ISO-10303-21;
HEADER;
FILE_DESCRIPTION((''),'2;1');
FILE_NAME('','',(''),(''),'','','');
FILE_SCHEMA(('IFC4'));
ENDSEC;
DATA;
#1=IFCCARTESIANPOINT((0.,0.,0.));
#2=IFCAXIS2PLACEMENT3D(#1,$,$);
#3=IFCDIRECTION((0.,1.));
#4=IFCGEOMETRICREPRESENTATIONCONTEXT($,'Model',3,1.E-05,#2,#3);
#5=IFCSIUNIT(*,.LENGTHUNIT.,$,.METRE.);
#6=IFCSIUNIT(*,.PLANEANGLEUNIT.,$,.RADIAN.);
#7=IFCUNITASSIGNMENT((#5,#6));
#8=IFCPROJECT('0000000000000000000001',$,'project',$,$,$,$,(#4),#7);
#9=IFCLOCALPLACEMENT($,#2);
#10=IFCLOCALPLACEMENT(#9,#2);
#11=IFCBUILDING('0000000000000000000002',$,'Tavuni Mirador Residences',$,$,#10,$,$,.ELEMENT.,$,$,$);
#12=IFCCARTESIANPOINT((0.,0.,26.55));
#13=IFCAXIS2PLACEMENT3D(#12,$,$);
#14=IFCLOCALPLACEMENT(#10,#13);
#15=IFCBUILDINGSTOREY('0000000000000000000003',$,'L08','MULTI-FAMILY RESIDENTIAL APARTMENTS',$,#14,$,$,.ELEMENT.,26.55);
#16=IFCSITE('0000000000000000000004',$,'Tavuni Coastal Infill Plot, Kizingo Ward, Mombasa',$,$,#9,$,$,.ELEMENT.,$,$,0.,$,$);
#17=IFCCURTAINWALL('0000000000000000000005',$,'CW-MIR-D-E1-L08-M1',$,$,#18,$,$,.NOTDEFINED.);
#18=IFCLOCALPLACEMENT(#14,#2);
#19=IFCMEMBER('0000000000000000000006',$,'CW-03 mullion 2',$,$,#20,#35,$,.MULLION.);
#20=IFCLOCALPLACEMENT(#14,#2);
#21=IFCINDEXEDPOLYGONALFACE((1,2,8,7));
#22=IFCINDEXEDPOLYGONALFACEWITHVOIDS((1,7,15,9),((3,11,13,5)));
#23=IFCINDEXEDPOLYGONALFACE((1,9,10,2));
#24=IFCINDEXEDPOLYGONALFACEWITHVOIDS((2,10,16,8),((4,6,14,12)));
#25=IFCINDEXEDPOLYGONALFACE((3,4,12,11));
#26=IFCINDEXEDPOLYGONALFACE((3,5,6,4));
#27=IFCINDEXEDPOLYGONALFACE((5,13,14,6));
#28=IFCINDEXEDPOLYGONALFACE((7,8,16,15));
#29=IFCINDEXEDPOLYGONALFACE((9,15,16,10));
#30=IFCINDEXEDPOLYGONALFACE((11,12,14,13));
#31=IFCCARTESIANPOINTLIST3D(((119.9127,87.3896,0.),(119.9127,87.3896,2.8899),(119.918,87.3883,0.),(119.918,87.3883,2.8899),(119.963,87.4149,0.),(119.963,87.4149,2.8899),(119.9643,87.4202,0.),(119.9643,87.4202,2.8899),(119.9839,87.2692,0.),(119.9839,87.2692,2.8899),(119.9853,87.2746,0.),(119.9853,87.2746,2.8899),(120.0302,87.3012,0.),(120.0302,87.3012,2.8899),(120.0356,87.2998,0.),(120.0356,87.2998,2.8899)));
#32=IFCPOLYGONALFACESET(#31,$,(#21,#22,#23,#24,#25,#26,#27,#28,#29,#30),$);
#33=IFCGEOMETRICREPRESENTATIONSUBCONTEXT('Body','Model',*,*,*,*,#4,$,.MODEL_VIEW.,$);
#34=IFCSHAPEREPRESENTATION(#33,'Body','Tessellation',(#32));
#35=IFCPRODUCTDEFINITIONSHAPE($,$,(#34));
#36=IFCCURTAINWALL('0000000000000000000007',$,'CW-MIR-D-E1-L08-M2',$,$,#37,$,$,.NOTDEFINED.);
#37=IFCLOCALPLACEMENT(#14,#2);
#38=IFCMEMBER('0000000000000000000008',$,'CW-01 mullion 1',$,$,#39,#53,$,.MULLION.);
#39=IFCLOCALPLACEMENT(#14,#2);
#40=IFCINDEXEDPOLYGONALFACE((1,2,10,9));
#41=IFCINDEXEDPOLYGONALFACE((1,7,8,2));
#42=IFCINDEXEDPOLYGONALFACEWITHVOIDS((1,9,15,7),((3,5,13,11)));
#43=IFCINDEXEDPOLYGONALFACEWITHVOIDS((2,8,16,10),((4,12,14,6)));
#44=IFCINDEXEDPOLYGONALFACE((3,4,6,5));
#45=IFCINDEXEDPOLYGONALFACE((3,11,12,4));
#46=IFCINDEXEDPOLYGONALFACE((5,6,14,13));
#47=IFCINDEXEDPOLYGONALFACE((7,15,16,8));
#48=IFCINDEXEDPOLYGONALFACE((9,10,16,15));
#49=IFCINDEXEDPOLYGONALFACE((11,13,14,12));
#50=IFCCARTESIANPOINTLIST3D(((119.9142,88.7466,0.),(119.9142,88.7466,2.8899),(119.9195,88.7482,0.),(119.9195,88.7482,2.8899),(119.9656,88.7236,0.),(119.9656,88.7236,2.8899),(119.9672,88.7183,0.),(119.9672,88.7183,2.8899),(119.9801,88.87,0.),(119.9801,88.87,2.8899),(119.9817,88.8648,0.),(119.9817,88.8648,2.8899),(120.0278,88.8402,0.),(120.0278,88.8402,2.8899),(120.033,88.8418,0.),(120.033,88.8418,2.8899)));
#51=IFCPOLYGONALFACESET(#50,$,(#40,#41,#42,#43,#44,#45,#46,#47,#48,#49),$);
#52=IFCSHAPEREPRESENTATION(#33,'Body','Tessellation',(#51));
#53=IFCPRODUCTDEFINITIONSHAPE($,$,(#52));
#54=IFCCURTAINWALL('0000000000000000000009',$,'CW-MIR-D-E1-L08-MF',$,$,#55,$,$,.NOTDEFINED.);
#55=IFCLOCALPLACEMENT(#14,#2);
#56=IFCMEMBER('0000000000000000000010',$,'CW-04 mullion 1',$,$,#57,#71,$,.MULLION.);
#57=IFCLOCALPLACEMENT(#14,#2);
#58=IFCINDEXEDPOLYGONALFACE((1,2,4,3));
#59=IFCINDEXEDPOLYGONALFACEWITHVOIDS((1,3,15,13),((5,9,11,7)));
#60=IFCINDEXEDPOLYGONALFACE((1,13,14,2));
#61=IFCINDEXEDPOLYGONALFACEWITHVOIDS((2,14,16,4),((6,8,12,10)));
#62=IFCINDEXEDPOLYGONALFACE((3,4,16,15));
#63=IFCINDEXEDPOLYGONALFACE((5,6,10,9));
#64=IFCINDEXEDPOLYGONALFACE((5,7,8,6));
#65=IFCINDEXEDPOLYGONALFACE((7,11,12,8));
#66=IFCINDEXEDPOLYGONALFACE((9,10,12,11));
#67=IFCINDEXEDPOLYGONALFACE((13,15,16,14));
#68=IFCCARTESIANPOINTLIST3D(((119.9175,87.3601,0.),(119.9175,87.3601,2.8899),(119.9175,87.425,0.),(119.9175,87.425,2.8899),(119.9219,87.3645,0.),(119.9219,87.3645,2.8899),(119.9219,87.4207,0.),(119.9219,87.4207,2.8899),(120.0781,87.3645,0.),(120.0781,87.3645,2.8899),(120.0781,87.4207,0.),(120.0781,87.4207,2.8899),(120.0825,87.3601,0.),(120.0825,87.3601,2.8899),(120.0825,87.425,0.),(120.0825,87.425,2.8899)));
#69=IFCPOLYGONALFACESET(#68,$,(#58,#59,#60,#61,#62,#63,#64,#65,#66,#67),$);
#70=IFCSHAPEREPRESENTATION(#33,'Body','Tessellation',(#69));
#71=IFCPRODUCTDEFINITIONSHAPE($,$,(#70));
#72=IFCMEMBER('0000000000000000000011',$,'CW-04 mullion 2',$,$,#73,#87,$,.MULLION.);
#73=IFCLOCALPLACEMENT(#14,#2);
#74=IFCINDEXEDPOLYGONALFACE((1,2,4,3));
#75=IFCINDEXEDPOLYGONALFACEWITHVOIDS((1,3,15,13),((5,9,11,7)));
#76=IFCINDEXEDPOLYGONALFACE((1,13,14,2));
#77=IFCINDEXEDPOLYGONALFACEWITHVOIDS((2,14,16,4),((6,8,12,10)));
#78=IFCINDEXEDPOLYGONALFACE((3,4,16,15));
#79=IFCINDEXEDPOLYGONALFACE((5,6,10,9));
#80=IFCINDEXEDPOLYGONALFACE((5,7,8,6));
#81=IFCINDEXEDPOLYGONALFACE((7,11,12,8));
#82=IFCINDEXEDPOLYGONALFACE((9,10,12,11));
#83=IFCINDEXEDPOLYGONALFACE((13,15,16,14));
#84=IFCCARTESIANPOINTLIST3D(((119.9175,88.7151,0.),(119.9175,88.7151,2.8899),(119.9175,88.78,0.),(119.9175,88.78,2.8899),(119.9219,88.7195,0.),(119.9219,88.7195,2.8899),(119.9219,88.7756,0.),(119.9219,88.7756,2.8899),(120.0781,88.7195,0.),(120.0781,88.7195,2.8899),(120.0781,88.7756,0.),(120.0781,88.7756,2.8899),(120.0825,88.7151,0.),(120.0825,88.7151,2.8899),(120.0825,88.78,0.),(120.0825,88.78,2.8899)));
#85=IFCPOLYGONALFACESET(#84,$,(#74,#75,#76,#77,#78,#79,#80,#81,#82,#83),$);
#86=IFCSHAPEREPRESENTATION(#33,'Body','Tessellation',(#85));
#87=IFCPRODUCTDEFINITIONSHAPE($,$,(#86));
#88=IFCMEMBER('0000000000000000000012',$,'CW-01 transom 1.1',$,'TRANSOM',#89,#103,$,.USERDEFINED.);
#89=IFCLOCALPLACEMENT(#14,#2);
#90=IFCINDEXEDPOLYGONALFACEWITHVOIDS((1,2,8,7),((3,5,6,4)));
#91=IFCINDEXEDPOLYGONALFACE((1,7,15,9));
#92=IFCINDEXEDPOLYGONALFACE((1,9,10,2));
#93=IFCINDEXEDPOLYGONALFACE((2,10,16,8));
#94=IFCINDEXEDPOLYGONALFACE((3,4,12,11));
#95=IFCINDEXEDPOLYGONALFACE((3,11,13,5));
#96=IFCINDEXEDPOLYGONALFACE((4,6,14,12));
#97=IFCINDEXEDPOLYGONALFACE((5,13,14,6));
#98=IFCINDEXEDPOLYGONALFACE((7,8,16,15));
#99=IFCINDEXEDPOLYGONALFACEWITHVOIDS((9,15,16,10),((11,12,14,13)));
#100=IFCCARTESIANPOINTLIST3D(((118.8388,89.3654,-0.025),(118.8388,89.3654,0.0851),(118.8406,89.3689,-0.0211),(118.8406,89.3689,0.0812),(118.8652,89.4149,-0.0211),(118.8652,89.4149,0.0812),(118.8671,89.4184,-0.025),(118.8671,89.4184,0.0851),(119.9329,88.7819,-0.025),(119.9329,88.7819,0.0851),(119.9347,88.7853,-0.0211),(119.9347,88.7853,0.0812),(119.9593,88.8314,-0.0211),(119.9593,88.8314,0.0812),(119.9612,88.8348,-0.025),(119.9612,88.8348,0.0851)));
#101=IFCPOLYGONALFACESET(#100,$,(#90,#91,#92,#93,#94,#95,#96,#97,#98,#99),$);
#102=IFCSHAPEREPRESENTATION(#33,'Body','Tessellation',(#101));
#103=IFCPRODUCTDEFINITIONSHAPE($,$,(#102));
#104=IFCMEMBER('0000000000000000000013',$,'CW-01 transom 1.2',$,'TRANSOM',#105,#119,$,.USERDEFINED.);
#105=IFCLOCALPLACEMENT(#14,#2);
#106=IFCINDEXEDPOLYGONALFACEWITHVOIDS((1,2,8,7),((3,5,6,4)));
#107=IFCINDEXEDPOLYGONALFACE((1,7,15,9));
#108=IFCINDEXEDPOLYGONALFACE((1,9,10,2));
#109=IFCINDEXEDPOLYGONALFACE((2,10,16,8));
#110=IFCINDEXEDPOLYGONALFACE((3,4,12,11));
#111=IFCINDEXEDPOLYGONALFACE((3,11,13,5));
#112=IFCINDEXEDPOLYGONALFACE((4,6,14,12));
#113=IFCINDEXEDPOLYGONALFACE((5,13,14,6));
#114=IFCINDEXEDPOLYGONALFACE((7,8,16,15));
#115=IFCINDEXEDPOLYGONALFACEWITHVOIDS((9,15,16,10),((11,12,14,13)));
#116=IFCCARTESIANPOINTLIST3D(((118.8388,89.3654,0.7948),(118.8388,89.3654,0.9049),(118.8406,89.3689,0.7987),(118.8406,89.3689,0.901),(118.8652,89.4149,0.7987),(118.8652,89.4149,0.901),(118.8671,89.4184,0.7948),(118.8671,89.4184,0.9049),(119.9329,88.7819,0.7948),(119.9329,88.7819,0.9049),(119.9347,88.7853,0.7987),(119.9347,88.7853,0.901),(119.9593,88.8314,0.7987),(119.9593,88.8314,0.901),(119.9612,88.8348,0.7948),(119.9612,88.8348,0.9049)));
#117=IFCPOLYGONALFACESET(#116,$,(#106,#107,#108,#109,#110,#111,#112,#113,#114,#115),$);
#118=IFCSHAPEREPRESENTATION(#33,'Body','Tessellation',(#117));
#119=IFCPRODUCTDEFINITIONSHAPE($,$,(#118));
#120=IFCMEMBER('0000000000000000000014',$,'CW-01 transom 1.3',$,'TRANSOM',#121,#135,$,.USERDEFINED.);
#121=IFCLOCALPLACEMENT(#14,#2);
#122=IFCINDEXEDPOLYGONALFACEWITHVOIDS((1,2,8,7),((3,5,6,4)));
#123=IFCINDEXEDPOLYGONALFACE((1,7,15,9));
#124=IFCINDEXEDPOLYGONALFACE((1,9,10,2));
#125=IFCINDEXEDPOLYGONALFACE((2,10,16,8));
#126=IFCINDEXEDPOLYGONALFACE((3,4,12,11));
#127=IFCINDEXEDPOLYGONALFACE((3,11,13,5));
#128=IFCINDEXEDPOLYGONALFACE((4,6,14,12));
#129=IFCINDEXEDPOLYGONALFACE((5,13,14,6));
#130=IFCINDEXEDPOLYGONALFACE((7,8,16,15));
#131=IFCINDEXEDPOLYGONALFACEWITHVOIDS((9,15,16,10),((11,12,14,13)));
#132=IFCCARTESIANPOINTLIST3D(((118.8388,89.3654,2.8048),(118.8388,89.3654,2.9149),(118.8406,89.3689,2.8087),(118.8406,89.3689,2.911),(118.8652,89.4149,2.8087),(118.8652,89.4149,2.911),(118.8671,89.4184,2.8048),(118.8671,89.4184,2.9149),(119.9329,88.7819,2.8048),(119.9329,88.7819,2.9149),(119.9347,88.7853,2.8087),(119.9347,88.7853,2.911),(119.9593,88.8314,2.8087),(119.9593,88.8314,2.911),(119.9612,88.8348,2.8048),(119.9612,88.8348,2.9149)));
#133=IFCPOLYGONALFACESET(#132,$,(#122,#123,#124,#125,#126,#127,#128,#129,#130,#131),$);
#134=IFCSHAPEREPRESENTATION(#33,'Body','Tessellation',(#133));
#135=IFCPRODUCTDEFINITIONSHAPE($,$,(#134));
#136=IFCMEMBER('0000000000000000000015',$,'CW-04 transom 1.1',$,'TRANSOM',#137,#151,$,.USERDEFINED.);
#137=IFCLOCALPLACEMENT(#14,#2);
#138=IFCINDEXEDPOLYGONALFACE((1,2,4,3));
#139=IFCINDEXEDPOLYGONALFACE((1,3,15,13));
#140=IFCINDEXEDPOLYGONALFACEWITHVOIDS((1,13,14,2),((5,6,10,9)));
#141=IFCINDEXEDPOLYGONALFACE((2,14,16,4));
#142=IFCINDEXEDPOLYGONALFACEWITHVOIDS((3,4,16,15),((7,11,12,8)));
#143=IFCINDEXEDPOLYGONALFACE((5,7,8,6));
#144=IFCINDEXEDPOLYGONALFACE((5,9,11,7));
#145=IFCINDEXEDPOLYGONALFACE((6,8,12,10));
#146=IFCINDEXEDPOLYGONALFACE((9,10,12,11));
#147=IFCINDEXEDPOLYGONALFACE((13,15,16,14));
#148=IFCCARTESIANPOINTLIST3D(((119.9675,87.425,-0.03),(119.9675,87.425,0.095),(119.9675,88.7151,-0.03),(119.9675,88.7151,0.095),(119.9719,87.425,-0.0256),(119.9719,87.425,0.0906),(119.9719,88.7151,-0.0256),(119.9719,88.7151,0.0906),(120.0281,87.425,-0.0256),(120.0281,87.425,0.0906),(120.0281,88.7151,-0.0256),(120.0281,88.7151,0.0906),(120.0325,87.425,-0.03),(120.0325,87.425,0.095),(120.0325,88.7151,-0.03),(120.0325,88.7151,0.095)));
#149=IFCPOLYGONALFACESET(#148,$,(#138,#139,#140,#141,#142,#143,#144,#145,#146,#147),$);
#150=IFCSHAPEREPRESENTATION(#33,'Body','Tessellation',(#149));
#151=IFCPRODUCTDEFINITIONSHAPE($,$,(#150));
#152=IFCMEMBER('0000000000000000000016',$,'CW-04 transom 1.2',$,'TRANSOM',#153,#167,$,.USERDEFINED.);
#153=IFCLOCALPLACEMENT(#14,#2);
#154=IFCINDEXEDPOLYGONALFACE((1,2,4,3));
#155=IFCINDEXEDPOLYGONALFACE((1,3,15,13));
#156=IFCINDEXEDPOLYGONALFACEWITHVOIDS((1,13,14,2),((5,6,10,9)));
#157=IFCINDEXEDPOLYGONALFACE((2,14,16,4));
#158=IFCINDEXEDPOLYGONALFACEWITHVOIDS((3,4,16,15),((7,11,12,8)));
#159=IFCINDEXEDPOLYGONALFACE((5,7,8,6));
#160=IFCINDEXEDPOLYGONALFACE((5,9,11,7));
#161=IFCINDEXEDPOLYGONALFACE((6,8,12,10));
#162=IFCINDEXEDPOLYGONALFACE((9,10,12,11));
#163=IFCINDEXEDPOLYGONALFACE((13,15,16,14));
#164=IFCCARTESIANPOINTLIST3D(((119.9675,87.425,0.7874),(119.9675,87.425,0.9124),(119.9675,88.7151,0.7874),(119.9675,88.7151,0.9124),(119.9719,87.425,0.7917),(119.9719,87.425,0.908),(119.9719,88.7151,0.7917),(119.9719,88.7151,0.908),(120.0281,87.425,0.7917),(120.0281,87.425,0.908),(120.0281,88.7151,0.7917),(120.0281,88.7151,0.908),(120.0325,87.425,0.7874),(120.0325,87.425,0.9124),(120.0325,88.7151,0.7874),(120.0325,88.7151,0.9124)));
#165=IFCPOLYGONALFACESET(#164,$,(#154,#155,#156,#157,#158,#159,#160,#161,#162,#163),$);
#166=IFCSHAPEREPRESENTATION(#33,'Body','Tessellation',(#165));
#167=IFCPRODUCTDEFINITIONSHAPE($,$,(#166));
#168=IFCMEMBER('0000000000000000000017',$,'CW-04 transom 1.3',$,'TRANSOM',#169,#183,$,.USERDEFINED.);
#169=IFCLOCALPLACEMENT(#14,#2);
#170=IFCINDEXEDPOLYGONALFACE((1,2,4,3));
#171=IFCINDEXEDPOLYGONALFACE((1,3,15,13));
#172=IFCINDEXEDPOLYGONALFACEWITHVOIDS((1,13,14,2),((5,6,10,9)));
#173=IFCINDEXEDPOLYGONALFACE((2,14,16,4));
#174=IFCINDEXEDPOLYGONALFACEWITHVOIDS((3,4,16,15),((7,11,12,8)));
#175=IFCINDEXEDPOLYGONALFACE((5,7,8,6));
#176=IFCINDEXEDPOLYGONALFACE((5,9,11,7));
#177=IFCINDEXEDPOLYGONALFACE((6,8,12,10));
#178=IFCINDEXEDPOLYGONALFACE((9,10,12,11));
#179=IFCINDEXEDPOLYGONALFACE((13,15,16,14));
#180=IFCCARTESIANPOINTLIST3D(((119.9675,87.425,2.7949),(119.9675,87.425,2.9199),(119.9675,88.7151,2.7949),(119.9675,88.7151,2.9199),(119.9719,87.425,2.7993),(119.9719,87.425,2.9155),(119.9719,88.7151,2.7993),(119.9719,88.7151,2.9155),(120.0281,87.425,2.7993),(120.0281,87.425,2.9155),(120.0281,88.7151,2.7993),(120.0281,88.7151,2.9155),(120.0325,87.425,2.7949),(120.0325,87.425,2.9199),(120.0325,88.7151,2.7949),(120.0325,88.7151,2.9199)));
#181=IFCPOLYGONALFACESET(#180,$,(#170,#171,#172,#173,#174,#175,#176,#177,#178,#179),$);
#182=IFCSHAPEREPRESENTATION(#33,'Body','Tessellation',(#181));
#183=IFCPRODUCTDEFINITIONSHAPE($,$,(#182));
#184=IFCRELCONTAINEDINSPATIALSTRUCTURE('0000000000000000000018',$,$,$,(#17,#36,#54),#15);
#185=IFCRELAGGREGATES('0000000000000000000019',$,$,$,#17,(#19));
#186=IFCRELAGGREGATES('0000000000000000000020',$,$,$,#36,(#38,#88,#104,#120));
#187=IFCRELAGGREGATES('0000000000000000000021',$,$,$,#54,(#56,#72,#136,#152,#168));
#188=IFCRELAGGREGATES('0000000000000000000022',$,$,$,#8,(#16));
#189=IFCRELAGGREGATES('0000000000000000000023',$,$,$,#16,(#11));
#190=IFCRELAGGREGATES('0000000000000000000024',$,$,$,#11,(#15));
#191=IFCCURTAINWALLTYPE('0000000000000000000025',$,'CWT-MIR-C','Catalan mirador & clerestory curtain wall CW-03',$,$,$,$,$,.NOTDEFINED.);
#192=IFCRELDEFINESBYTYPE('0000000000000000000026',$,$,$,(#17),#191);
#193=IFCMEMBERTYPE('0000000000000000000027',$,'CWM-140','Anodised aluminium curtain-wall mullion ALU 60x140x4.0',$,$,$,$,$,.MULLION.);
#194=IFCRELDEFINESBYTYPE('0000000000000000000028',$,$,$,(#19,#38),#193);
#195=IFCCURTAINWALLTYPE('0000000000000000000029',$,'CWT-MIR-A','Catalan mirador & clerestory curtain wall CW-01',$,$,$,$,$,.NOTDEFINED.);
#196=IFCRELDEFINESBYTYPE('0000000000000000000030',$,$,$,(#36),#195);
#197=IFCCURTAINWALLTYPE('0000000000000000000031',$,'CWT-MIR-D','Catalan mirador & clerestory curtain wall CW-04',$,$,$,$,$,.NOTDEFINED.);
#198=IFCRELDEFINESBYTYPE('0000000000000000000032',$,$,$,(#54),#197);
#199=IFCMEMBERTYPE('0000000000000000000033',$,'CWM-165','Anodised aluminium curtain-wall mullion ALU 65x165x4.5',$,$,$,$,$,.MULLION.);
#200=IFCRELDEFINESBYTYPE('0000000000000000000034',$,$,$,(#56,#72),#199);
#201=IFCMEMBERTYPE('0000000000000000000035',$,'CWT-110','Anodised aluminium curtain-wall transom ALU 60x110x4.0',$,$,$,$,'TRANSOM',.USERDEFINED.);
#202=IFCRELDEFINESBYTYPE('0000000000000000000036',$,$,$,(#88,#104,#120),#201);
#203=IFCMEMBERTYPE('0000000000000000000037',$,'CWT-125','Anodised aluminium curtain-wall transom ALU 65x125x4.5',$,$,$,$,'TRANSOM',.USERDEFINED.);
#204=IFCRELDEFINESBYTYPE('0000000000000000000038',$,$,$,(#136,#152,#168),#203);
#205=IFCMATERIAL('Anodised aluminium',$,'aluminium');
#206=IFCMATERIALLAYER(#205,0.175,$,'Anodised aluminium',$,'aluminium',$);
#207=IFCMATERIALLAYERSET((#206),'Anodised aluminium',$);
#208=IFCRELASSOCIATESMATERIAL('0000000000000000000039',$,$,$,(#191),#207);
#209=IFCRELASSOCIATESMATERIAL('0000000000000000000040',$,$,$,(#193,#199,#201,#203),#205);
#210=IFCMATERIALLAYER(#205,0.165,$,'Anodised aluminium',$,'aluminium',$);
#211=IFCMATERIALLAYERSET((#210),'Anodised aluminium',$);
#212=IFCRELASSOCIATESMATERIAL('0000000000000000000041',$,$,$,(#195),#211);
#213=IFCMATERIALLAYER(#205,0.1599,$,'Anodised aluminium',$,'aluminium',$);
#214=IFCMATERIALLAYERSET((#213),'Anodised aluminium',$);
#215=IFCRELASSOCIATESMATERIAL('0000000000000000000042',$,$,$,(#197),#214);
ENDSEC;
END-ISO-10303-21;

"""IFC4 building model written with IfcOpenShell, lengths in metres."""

from ifc_helpers import new_model, si_unit, direction, frame, origin, origin_2d, place, context, subcontext, project, spatial, hollow_rectangle, extrude, material, layer, layer_set, material_profile, profile_set, type_object, element, aggregate, save


model = new_model("IFC4")

# Units and contexts
model_context = context("Model", 3, precision=1e-05, world=origin(), true_north=direction((0.0, 1.0)))
body_context = subcontext(model_context, "Body", "Model", "MODEL_VIEW")
ifc_project = project(units=[si_unit("LENGTHUNIT", "METRE"), si_unit("PLANEANGLEUNIT", "RADIAN")], contexts=[model_context])

# Site, building, storey
site_placement = place(None, origin())
site = spatial("IfcSite", under=ifc_project, at=site_placement, Name="Tavuni Coastal Infill Plot, Kizingo Ward, Mombasa", CompositionType="ELEMENT", RefElevation=0.0)
building_placement = place(site_placement, origin())
building = spatial("IfcBuilding", under=site, at=building_placement, Name="Tavuni Mirador Residences", CompositionType="ELEMENT")
storey_placement = place(building_placement, frame((0.0, 0.0, 26.55)))
storey = spatial("IfcBuildingStorey", under=building, at=storey_placement, Name="L08", Description="MULTI-FAMILY RESIDENTIAL APARTMENTS", CompositionType="ELEMENT", Elevation=26.55)

# Curtain walls, members
ifc_material_1 = material(Name="Anodised aluminium", Category="aluminium")
ifc_layer_1 = layer(ifc_material_1, 0.175, Name="Anodised aluminium", Category="aluminium")
ifc_layer_set_1 = layer_set([ifc_layer_1], Name="Anodised aluminium")
curtain_wall_type_1 = type_object("IfcCurtainWallType", Name="CWT-MIR-C", Description="Catalan mirador & clerestory curtain wall CW-03", PredefinedType="NOTDEFINED", material=ifc_layer_set_1)
curtain_wall_1_placement = place(storey_placement, origin())
curtain_wall_1 = element("IfcCurtainWall", 1, at=curtain_wall_1_placement, inside=storey, type_object=curtain_wall_type_1, Name="CW-MIR-D-E1-L08-M1", PredefinedType="NOTDEFINED")
ifc_material_profile_1 = material_profile(ifc_material_1, hollow_rectangle(XDim=0.0601, YDim=0.1399, WallThickness=0.0039, at=origin_2d()), Name="ALU 60x140x4.0", Category="aluminium")
ifc_profile_set_1 = profile_set([ifc_material_profile_1], Name="Anodised aluminium")
member_type_1 = type_object("IfcMemberType", Name="CWM-140", Description="Anodised aluminium curtain-wall mullion ALU 60x140x4.0", PredefinedType="MULLION", material=ifc_profile_set_1)
member_1_placement = place(storey_placement, frame((119.9741, 87.3447, 0.0), z_axis=(0.0, 0.0, 1.0), x_axis=(0.860641, 0.509212, 0.0)))
member_1 = element("IfcMember", 2, at=member_1_placement, type_object=member_type_1, Name="CW-03 mullion 2", PredefinedType="MULLION", context=body_context, shape_type="SweptSolid", body=[
    extrude(hollow_rectangle(XDim=0.0601, YDim=0.1399, WallThickness=0.0039, at=origin_2d()), origin(), (0.0, 0.0, 1.0), 2.8899),
])
ifc_layer_2 = layer(ifc_material_1, 0.165, Name="Anodised aluminium", Category="aluminium")
ifc_layer_set_2 = layer_set([ifc_layer_2], Name="Anodised aluminium")
curtain_wall_type_2 = type_object("IfcCurtainWallType", Name="CWT-MIR-A", Description="Catalan mirador & clerestory curtain wall CW-01", PredefinedType="NOTDEFINED", material=ifc_layer_set_2)
curtain_wall_2_placement = place(storey_placement, origin())
curtain_wall_2 = element("IfcCurtainWall", 3, at=curtain_wall_2_placement, inside=storey, type_object=curtain_wall_type_2, Name="CW-MIR-D-E1-L08-M2", PredefinedType="NOTDEFINED")
member_2_placement = place(storey_placement, frame((119.9736, 88.7942, 0.0), z_axis=(0.0, 0.0, 1.0), x_axis=(-0.882353, 0.470588, 0.0)))
member_2 = element("IfcMember", 4, at=member_2_placement, type_object=member_type_1, Name="CW-01 mullion 1", PredefinedType="MULLION", context=body_context, shape_type="SweptSolid", body=[
    extrude(hollow_rectangle(XDim=0.0601, YDim=0.1399, WallThickness=0.0039, at=origin_2d()), origin(), (0.0, 0.0, 1.0), 2.8899),
])

# Curtain wall, members
ifc_layer_3 = layer(ifc_material_1, 0.1599, Name="Anodised aluminium", Category="aluminium")
ifc_layer_set_3 = layer_set([ifc_layer_3], Name="Anodised aluminium")
curtain_wall_type_3 = type_object("IfcCurtainWallType", Name="CWT-MIR-D", Description="Catalan mirador & clerestory curtain wall CW-04", PredefinedType="NOTDEFINED", material=ifc_layer_set_3)
curtain_wall_3_placement = place(storey_placement, origin())
curtain_wall_3 = element("IfcCurtainWall", 5, at=curtain_wall_3_placement, inside=storey, type_object=curtain_wall_type_3, Name="CW-MIR-D-E1-L08-MF", PredefinedType="NOTDEFINED")
ifc_material_profile_2 = material_profile(ifc_material_1, hollow_rectangle(XDim=0.0649, YDim=0.165, WallThickness=0.0044, at=origin_2d()), Name="ALU 65x165x4.5", Category="aluminium")
ifc_profile_set_2 = profile_set([ifc_material_profile_2], Name="Anodised aluminium")
member_type_2 = type_object("IfcMemberType", Name="CWM-165", Description="Anodised aluminium curtain-wall mullion ALU 65x165x4.5", PredefinedType="MULLION", material=ifc_profile_set_2)
member_3_placement = place(storey_placement, frame((120.0, 87.3926, 0.0), z_axis=(0.0, 0.0, 1.0), x_axis=(0.0, 1.0, 0.0)))
member_3 = element("IfcMember", 6, at=member_3_placement, type_object=member_type_2, Name="CW-04 mullion 1", PredefinedType="MULLION", context=body_context, shape_type="SweptSolid", body=[
    extrude(hollow_rectangle(XDim=0.0649, YDim=0.165, WallThickness=0.0044, at=origin_2d()), origin(), (0.0, 0.0, 1.0), 2.8899),
])
member_4_placement = place(storey_placement, frame((120.0, 88.7476, 0.0), z_axis=(0.0, 0.0, 1.0), x_axis=(0.0, 1.0, 0.0)))
member_4 = element("IfcMember", 7, at=member_4_placement, type_object=member_type_2, Name="CW-04 mullion 2", PredefinedType="MULLION", context=body_context, shape_type="SweptSolid", body=[
    extrude(hollow_rectangle(XDim=0.0649, YDim=0.165, WallThickness=0.0044, at=origin_2d()), origin(), (0.0, 0.0, 1.0), 2.8899),
])

# Members
ifc_material_profile_3 = material_profile(ifc_material_1, hollow_rectangle(XDim=0.0601, YDim=0.1101, WallThickness=0.0039, at=origin_2d()), Name="ALU 60x110x4.0", Category="aluminium")
ifc_profile_set_3 = profile_set([ifc_material_profile_3], Name="Anodised aluminium")
member_type_3 = type_object("IfcMemberType", Name="CWT-110", Description="Anodised aluminium curtain-wall transom ALU 60x110x4.0", ElementType="TRANSOM", PredefinedType="USERDEFINED", material=ifc_profile_set_3)
member_5_placement = place(storey_placement, frame((119.947, 88.8083, 0.03), z_axis=(-0.882342, 0.470609, 0.0), x_axis=(-0.470609, -0.882342, 0.0)))
member_5 = element("IfcMember", 8, at=member_5_placement, type_object=member_type_3, Name="CW-01 transom 1.1", ObjectType="TRANSOM", PredefinedType="USERDEFINED", context=body_context, shape_type="SweptSolid", body=[
    extrude(hollow_rectangle(XDim=0.0601, YDim=0.1101, WallThickness=0.0039, at=origin_2d()), origin(), (0.0, 0.0, 1.0), 1.24),
])
member_6_placement = place(storey_placement, frame((119.947, 88.8083, 0.8499), z_axis=(-0.882342, 0.470609, 0.0), x_axis=(-0.470609, -0.882342, 0.0)))
member_6 = element("IfcMember", 9, at=member_6_placement, type_object=member_type_3, Name="CW-01 transom 1.2", ObjectType="TRANSOM", PredefinedType="USERDEFINED", context=body_context, shape_type="SweptSolid", body=[
    extrude(hollow_rectangle(XDim=0.0601, YDim=0.1101, WallThickness=0.0039, at=origin_2d()), origin(), (0.0, 0.0, 1.0), 1.24),
])
member_7_placement = place(storey_placement, frame((119.947, 88.8083, 2.8599), z_axis=(-0.882342, 0.470609, 0.0), x_axis=(-0.470609, -0.882342, 0.0)))
member_7 = element("IfcMember", 10, at=member_7_placement, type_object=member_type_3, Name="CW-01 transom 1.3", ObjectType="TRANSOM", PredefinedType="USERDEFINED", context=body_context, shape_type="SweptSolid", body=[
    extrude(hollow_rectangle(XDim=0.0601, YDim=0.1101, WallThickness=0.0039, at=origin_2d()), origin(), (0.0, 0.0, 1.0), 1.24),
])
ifc_material_profile_4 = material_profile(ifc_material_1, hollow_rectangle(XDim=0.0649, YDim=0.125, WallThickness=0.0044, at=origin_2d()), Name="ALU 65x125x4.5", Category="aluminium")
ifc_profile_set_4 = profile_set([ifc_material_profile_4], Name="Anodised aluminium")
member_type_4 = type_object("IfcMemberType", Name="CWT-125", Description="Anodised aluminium curtain-wall transom ALU 65x125x4.5", ElementType="TRANSOM", PredefinedType="USERDEFINED", material=ifc_profile_set_4)
member_8_placement = place(storey_placement, frame((120.0, 87.425, 0.0325), z_axis=(0.0, 1.0, 0.0), x_axis=(-1.0, 0.0, 0.0)))
member_8 = element("IfcMember", 11, at=member_8_placement, type_object=member_type_4, Name="CW-04 transom 1.1", ObjectType="TRANSOM", PredefinedType="USERDEFINED", context=body_context, shape_type="SweptSolid", body=[
    extrude(hollow_rectangle(XDim=0.0649, YDim=0.125, WallThickness=0.0044, at=origin_2d()), origin(), (0.0, 0.0, 1.0), 1.29),
])
member_9_placement = place(storey_placement, frame((120.0, 87.425, 0.8499), z_axis=(0.0, 1.0, 0.0), x_axis=(-1.0, 0.0, 0.0)))
member_9 = element("IfcMember", 12, at=member_9_placement, type_object=member_type_4, Name="CW-04 transom 1.2", ObjectType="TRANSOM", PredefinedType="USERDEFINED", context=body_context, shape_type="SweptSolid", body=[
    extrude(hollow_rectangle(XDim=0.0649, YDim=0.125, WallThickness=0.0044, at=origin_2d()), origin(), (0.0, 0.0, 1.0), 1.29),
])
member_10_placement = place(storey_placement, frame((120.0, 87.425, 2.8574), z_axis=(0.0, 1.0, 0.0), x_axis=(-1.0, 0.0, 0.0)))
member_10 = element("IfcMember", 13, at=member_10_placement, type_object=member_type_4, Name="CW-04 transom 1.3", ObjectType="TRANSOM", PredefinedType="USERDEFINED", context=body_context, shape_type="SweptSolid", body=[
    extrude(hollow_rectangle(XDim=0.0649, YDim=0.125, WallThickness=0.0044, at=origin_2d()), origin(), (0.0, 0.0, 1.0), 1.29),
])

aggregate(curtain_wall_1, [member_1])
aggregate(curtain_wall_2, [member_2, member_5, member_6, member_7])
aggregate(curtain_wall_3, [member_3, member_4, member_8, member_9, member_10])

save(model, "model.ifc")
